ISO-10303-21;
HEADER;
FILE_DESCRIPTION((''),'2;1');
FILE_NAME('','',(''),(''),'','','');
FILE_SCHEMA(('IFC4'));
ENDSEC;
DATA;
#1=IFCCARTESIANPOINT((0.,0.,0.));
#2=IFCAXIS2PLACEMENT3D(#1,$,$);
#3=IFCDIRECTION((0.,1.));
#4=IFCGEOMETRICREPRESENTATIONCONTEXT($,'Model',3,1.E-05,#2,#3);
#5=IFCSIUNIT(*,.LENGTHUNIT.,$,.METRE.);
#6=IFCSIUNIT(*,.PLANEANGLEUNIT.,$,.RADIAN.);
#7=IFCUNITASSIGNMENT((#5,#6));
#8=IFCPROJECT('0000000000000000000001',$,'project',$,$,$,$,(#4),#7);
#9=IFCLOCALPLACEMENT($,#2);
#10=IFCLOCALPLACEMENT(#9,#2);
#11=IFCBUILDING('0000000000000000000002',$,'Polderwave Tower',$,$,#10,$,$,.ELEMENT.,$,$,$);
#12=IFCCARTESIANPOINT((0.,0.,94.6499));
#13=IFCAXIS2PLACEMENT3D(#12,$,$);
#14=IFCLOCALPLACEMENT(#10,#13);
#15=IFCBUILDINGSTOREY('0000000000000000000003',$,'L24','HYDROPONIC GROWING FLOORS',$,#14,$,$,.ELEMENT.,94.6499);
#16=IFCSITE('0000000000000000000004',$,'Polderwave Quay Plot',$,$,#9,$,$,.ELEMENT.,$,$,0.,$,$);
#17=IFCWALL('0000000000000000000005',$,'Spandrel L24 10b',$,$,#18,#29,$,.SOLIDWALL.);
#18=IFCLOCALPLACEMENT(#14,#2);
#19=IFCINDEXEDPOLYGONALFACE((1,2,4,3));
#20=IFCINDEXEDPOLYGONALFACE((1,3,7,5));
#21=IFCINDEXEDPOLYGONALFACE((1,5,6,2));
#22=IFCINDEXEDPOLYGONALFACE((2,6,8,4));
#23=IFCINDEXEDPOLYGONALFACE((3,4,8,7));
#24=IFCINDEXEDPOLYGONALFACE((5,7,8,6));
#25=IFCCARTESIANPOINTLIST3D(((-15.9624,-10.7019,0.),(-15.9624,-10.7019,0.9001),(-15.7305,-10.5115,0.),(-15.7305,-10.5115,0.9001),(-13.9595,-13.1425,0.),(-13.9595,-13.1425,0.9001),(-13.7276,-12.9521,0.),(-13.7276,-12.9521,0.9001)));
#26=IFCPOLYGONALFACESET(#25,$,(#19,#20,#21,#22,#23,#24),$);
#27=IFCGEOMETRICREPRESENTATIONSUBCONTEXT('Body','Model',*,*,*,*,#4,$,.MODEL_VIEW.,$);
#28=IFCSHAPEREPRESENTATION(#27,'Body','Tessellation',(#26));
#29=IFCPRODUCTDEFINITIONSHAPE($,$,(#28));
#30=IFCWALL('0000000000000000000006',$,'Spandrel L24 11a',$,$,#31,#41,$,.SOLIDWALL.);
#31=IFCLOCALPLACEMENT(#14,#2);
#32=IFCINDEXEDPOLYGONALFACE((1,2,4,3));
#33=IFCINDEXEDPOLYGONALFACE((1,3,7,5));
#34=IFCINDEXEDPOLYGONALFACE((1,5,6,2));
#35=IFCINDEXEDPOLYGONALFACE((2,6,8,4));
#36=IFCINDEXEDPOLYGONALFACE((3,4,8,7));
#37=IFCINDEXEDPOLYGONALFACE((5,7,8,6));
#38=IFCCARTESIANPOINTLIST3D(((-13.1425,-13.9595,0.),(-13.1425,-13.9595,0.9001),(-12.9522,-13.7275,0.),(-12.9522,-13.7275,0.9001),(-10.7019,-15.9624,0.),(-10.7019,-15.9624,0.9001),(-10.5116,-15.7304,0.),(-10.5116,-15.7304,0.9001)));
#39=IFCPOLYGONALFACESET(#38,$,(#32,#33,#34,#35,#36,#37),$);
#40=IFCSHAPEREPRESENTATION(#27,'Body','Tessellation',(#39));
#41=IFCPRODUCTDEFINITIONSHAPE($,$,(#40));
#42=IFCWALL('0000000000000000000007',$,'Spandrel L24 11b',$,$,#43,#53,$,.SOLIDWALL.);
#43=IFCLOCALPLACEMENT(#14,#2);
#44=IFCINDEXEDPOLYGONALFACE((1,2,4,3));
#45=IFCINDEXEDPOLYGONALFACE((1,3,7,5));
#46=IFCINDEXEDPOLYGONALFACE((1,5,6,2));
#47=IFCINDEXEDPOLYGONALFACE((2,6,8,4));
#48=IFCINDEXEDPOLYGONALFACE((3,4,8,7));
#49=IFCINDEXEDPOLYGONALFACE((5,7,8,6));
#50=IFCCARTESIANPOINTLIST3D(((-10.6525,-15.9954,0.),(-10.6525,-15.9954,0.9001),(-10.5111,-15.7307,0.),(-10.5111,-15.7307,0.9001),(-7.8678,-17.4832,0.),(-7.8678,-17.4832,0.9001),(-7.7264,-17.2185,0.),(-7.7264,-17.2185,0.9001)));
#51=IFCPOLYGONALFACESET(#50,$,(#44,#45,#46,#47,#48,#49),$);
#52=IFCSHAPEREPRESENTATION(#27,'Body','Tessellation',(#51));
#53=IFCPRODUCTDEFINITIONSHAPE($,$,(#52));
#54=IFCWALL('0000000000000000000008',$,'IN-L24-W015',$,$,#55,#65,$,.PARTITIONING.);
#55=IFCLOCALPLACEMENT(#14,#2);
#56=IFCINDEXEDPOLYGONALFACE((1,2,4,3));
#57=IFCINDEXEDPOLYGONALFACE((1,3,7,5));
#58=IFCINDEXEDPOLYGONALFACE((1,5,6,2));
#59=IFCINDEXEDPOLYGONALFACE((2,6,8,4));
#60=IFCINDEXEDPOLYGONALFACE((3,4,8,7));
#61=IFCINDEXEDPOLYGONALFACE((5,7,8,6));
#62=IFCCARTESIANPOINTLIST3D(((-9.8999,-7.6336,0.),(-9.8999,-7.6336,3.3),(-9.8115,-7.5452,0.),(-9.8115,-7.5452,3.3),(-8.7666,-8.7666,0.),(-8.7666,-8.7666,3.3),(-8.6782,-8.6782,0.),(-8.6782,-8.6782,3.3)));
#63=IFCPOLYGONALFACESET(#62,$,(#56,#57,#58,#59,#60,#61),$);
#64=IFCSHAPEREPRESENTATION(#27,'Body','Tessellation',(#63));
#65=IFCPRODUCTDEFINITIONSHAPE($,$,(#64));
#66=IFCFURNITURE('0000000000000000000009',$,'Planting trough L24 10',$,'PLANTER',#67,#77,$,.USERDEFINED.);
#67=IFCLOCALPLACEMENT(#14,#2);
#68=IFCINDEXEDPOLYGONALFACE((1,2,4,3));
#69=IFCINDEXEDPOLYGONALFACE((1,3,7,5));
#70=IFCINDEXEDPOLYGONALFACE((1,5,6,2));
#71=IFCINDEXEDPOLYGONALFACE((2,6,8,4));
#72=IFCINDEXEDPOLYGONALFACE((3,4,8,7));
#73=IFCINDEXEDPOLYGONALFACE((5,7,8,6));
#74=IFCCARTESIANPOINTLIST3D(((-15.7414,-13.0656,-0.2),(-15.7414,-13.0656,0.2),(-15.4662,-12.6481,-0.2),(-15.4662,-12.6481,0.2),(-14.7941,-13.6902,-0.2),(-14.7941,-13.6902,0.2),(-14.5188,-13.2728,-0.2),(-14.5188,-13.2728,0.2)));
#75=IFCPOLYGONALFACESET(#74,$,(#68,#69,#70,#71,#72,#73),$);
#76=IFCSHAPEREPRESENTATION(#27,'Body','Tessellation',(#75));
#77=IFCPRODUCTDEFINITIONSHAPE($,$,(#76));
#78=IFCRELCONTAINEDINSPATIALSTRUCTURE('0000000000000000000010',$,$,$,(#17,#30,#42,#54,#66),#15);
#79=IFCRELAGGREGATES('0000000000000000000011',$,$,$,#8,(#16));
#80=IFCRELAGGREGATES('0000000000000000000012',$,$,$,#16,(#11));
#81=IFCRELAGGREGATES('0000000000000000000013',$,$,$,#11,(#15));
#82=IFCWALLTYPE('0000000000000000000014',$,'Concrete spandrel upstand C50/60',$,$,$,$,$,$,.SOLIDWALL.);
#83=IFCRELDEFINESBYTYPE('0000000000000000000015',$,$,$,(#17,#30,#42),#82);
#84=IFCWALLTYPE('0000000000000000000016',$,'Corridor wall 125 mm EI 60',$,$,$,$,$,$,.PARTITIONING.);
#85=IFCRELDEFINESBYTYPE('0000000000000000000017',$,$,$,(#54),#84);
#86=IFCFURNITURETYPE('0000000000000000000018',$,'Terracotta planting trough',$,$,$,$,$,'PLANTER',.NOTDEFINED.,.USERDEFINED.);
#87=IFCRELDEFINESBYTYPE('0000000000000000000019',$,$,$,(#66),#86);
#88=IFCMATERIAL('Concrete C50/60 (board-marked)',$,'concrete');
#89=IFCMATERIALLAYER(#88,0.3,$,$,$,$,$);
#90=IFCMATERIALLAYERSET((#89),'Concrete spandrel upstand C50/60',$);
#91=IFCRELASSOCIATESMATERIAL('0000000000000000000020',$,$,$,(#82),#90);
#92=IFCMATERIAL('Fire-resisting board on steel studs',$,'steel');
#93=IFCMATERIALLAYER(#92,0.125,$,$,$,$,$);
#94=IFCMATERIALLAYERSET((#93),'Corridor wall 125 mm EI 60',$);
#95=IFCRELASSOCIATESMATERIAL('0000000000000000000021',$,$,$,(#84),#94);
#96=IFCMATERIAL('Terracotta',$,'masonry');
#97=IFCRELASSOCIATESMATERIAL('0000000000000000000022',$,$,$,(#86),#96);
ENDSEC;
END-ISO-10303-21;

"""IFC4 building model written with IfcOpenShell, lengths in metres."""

from ifc_helpers import new_model, si_unit, direction, frame, frame_2d, origin, origin_2d, place, context, subcontext, project, spatial, rectangle, extrude, material, layer, layer_set, type_object, element, save


model = new_model("IFC4")

# Units and contexts
model_context = context("Model", 3, precision=1e-05, world=origin(), true_north=direction((0.0, 1.0)))
body_context = subcontext(model_context, "Body", "Model", "MODEL_VIEW")
ifc_project = project(units=[si_unit("LENGTHUNIT", "METRE"), si_unit("PLANEANGLEUNIT", "RADIAN")], contexts=[model_context])

# Site, building, storey
site_placement = place(None, origin())
site = spatial("IfcSite", under=ifc_project, at=site_placement, Name="Polderwave Quay Plot", CompositionType="ELEMENT", RefElevation=0.0)
building_placement = place(site_placement, origin())
building = spatial("IfcBuilding", under=site, at=building_placement, Name="Polderwave Tower", CompositionType="ELEMENT")
storey_placement = place(building_placement, frame((0.0, 0.0, 94.6499)))
storey = spatial("IfcBuildingStorey", under=building, at=storey_placement, Name="L24", Description="HYDROPONIC GROWING FLOORS", CompositionType="ELEMENT", Elevation=94.6499)

# Walls
ifc_material_1 = material(Name="Concrete C50/60 (board-marked)", Category="concrete")
ifc_layer_1 = layer(ifc_material_1, 0.3)
ifc_layer_set_1 = layer_set([ifc_layer_1], Name="Concrete spandrel upstand C50/60")
wall_type_1 = type_object("IfcWallType", Name="Concrete spandrel upstand C50/60", PredefinedType="SOLIDWALL", material=ifc_layer_set_1)
for number, where, z_axis, x_axis, name in (
    (1, (-15.8464, -10.6067, 0.0), (0.0, 0.0, 1.0), (0.634378, -0.773023, 0.0), "Spandrel L24 10b"),
    (2, (-13.0474, -13.8435, 0.0), (0.0, 0.0, 1.0), (0.773023, -0.634378, 0.0), "Spandrel L24 11a"),
    (3, (-10.5818, -15.863, 0.0), (0.0, 0.0, 1.0), (0.882006, -0.471238, 0.0), "Spandrel L24 11b"),
):
    element("IfcWall", number, at=place(storey_placement, frame(where, z_axis=z_axis, x_axis=x_axis)), inside=storey, type_object=wall_type_1, Name=name, PredefinedType="SOLIDWALL", context=body_context, shape_type="SweptSolid", body=[
        extrude(rectangle(XDim=3.1572, YDim=0.3, at=frame_2d((1.5786, 0.0))), origin(), (0.0, 0.0, 1.0), 0.9001),
    ])
ifc_material_2 = material(Name="Fire-resisting board on steel studs", Category="steel")
ifc_layer_2 = layer(ifc_material_2, 0.125)
ifc_layer_set_2 = layer_set([ifc_layer_2], Name="Corridor wall 125 mm EI 60")
wall_type_2 = type_object("IfcWallType", Name="Corridor wall 125 mm EI 60", PredefinedType="PARTITIONING", material=ifc_layer_set_2)
wall_1_placement = place(storey_placement, frame((-8.7224, -8.7224, 0.0), z_axis=(0.0, 0.0, 1.0), x_axis=(-0.707183, 0.707031, 0.0)))
element("IfcWall", 4, at=wall_1_placement, inside=storey, type_object=wall_type_2, Name="IN-L24-W015", PredefinedType="PARTITIONING", context=body_context, shape_type="SweptSolid", body=[
    extrude(rectangle(XDim=1.6025, YDim=0.125, at=frame_2d((0.8013, 0.0))), origin(), (0.0, 0.0, 1.0), 3.3),
])

# Furniture
ifc_material_3 = material(Name="Terracotta", Category="masonry")
furniture_type = type_object("IfcFurnitureType", Name="Terracotta planting trough", ElementType="PLANTER", AssemblyPlace="NOTDEFINED", PredefinedType="USERDEFINED", material=ifc_material_3)
furniture_placement = place(storey_placement, frame((-15.1301, -13.1692, -0.2), z_axis=(0.0, 0.0, 1.0), x_axis=(0.834838, -0.550495, 0.0)))
element("IfcFurniture", 5, at=furniture_placement, inside=storey, type_object=furniture_type, Name="Planting trough L24 10", ObjectType="PLANTER", PredefinedType="USERDEFINED", context=body_context, shape_type="SweptSolid", body=[
    extrude(rectangle(XDim=1.1348, YDim=0.5, at=origin_2d()), origin(), (0.0, 0.0, 1.0), 0.3999),
])

save(model, "model.ifc")
